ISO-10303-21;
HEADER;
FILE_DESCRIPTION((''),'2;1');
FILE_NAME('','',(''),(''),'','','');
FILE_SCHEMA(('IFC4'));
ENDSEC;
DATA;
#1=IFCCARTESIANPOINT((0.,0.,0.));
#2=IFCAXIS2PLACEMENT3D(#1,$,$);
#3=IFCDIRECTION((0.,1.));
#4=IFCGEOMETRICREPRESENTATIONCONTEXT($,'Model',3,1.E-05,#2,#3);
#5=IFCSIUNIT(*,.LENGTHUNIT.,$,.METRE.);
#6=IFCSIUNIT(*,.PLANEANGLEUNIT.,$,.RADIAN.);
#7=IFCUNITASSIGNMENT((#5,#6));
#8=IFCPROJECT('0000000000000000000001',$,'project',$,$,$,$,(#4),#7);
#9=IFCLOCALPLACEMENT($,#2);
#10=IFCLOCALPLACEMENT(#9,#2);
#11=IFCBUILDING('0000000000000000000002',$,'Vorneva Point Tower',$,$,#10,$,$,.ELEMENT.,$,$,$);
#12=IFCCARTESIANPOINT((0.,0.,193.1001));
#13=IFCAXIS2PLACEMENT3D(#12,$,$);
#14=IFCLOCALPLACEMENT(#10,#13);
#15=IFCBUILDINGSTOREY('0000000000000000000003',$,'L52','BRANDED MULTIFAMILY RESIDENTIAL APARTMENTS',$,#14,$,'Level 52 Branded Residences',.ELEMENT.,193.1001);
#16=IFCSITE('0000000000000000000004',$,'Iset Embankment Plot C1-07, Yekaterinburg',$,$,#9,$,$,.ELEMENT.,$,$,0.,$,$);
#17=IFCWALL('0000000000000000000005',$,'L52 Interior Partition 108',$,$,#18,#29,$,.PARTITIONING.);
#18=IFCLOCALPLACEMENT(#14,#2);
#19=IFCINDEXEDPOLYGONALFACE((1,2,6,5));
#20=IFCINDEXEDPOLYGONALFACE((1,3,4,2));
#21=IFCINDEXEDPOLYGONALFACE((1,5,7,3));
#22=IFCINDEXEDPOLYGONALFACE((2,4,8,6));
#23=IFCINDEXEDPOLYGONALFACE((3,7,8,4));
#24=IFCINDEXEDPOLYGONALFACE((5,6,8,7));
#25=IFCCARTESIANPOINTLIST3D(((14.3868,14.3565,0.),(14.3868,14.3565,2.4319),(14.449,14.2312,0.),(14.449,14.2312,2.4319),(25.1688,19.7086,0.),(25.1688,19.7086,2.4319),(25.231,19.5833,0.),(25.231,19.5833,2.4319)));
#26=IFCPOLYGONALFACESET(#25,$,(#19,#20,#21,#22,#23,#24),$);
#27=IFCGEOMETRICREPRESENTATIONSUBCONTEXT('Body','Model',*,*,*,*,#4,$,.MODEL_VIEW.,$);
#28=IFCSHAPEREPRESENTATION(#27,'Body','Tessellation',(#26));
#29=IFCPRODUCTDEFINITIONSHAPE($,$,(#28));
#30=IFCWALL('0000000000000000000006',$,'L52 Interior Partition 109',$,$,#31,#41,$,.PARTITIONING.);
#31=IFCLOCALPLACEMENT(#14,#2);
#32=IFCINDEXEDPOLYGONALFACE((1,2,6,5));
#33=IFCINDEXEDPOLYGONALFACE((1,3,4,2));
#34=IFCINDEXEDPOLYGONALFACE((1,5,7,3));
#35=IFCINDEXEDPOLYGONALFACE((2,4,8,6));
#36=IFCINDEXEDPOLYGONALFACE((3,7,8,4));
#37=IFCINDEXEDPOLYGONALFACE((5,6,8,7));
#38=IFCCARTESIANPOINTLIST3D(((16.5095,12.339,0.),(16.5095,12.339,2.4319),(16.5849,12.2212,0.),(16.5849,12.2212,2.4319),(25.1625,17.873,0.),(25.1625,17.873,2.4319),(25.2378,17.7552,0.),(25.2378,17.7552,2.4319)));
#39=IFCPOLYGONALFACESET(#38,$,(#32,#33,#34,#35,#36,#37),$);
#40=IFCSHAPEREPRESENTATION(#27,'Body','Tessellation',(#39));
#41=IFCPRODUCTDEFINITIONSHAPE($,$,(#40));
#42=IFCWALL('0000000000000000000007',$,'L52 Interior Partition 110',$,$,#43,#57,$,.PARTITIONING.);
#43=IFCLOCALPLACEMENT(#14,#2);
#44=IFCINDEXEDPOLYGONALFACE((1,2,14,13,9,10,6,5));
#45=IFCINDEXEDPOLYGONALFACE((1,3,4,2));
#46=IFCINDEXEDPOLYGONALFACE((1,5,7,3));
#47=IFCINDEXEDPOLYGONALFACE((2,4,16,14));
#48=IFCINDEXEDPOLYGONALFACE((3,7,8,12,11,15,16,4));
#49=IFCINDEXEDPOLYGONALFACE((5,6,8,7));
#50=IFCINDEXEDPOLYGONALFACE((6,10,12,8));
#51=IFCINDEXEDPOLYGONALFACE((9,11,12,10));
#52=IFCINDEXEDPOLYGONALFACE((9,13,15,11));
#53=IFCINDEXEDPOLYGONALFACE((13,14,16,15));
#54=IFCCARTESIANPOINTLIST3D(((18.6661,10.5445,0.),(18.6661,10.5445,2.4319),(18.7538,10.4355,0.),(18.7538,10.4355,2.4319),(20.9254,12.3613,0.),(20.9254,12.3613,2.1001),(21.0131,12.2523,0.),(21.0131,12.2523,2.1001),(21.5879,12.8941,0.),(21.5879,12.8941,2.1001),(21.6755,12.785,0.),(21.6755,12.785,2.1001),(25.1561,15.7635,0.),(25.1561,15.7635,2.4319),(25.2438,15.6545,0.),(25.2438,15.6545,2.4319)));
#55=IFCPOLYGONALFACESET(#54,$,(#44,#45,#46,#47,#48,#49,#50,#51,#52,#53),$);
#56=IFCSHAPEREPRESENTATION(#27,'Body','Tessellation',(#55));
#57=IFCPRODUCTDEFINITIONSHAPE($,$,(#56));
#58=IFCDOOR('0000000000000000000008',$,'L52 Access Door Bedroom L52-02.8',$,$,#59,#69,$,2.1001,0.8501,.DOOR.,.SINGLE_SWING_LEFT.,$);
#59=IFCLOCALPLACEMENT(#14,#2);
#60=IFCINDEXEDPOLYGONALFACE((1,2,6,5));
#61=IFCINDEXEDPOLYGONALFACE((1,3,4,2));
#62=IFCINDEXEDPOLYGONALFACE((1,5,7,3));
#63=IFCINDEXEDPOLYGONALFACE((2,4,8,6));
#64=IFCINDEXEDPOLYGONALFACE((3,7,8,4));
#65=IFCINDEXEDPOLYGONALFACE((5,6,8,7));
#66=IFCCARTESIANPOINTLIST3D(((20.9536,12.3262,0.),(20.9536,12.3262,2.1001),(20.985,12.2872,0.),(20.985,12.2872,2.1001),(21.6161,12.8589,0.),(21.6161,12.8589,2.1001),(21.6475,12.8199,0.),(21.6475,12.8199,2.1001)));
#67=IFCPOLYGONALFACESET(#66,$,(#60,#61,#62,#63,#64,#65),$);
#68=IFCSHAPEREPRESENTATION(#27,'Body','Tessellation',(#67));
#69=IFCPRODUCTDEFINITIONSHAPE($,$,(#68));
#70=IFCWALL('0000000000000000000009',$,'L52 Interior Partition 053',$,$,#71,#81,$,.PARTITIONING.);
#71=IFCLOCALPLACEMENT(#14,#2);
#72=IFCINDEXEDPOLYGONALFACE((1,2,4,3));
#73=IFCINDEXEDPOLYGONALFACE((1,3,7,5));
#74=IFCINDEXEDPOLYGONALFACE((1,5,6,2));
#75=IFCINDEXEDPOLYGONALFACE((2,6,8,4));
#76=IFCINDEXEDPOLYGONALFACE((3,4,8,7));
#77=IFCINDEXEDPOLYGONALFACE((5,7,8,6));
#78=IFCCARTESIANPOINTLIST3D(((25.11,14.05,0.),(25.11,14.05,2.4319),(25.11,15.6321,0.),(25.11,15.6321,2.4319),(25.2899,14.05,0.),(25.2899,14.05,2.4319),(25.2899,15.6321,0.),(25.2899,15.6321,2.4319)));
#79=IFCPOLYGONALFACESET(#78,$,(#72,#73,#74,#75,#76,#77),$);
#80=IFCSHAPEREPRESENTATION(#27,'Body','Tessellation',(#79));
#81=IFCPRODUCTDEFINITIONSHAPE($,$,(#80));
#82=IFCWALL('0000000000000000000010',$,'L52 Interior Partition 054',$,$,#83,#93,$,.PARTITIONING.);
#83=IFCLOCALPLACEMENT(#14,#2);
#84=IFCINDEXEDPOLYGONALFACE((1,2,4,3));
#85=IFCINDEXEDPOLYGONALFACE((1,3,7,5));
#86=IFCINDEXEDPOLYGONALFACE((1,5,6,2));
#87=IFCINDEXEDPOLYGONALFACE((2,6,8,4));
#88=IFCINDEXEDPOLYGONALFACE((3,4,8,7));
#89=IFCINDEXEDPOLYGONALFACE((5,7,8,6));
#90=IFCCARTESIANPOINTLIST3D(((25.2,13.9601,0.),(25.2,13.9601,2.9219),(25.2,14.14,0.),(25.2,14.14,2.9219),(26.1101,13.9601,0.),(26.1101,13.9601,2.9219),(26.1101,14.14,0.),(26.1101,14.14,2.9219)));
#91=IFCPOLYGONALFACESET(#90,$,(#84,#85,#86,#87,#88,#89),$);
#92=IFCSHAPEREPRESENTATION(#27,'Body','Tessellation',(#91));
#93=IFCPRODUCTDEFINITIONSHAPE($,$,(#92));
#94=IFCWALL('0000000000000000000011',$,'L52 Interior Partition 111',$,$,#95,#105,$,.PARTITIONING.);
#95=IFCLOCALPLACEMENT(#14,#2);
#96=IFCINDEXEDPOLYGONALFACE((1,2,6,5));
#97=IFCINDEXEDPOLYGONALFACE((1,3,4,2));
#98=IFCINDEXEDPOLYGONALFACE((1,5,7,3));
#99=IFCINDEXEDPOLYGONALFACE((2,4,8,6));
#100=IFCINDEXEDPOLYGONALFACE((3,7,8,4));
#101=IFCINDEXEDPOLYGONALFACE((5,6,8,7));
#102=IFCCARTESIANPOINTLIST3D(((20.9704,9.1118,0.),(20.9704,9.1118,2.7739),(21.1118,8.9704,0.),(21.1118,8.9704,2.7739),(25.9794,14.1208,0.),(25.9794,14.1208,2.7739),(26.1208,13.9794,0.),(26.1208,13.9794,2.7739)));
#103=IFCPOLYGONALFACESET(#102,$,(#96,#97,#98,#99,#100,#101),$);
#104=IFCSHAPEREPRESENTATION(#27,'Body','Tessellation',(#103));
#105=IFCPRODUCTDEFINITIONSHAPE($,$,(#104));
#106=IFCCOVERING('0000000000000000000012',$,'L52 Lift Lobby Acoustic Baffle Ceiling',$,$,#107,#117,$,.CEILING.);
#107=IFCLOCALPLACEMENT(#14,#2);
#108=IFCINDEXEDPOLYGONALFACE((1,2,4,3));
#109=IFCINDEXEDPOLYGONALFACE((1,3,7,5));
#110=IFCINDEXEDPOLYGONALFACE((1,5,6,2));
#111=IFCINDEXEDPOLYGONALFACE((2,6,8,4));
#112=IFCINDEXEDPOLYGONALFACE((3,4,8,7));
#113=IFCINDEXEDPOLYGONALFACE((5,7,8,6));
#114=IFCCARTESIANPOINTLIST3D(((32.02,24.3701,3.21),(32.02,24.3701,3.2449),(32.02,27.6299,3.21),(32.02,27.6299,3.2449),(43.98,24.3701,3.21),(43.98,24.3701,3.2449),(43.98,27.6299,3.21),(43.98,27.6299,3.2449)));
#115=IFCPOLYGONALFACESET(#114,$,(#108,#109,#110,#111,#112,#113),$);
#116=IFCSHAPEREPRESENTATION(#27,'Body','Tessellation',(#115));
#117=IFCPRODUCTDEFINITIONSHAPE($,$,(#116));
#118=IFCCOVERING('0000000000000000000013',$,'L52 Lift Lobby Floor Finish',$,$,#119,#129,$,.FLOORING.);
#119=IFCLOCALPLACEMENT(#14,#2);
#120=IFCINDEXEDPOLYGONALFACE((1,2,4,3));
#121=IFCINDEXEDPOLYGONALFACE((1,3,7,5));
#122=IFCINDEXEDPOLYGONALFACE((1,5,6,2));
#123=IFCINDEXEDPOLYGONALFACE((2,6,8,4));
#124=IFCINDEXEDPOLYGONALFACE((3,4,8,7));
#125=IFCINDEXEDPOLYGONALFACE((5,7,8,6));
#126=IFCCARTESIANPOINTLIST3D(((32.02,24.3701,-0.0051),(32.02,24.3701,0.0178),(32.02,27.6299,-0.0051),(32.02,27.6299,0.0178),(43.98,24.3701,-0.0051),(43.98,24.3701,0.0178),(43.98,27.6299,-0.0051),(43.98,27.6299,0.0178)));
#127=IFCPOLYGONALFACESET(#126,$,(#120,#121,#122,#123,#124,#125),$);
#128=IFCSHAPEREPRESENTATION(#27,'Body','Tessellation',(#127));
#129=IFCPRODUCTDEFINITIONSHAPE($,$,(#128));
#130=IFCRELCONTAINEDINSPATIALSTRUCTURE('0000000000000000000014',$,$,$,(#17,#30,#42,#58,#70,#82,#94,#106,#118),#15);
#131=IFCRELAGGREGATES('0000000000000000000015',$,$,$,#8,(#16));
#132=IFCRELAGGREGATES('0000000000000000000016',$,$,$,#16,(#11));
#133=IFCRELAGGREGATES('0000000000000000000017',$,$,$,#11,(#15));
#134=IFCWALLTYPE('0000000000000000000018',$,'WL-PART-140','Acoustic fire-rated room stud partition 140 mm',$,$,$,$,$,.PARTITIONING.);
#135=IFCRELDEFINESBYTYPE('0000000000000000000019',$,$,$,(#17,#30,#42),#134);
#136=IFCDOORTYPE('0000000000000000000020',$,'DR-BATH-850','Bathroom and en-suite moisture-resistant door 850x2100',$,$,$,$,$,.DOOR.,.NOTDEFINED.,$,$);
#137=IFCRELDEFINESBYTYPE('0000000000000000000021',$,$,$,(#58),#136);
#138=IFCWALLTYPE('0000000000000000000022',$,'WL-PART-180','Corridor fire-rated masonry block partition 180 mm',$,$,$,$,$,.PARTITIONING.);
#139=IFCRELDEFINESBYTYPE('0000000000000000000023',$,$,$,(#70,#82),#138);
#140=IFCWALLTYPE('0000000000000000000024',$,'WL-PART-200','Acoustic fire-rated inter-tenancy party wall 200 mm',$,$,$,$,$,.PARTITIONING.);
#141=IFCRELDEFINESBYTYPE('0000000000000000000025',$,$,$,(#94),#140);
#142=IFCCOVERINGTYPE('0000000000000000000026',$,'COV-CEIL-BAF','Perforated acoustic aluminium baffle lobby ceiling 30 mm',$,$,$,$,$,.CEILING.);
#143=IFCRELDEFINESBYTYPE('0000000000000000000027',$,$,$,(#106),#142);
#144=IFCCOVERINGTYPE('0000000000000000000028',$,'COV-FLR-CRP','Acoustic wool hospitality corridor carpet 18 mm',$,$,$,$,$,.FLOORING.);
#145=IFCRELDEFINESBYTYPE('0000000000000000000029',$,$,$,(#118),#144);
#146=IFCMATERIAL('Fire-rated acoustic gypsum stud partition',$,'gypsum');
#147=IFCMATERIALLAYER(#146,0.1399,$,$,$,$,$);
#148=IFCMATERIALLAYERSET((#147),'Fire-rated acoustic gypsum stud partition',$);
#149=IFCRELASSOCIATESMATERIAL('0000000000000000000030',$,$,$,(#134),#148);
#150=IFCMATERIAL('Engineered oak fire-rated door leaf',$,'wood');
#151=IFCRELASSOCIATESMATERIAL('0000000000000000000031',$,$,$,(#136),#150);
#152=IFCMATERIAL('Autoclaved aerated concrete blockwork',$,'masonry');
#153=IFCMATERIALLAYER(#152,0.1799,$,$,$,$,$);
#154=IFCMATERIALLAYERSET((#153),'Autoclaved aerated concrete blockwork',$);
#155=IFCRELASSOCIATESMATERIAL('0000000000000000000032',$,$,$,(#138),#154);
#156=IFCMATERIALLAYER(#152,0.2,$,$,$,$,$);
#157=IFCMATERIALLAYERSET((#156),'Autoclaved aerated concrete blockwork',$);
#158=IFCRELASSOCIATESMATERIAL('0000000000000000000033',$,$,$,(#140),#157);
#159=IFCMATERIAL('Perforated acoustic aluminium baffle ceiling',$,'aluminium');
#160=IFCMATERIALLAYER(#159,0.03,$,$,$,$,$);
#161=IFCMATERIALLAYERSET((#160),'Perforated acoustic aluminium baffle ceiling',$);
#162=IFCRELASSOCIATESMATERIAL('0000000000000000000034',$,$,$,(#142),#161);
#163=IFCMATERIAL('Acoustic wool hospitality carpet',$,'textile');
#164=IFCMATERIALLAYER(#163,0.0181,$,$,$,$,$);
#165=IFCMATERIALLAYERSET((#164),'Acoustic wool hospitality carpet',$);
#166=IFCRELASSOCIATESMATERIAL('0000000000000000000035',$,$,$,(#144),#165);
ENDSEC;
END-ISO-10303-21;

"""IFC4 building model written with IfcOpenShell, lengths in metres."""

from ifc_helpers import new_model, si_unit, direction, frame, frame_2d, origin, place, context, subcontext, project, spatial, polyline, rectangle, outline, extrude, material, layer, layer_set, type_object, element, fill, save


model = new_model("IFC4")

# Units and contexts
model_context = context("Model", 3, precision=1e-05, world=origin(), true_north=direction((0.0, 1.0)))
body_context = subcontext(model_context, "Body", "Model", "MODEL_VIEW")
ifc_project = project(units=[si_unit("LENGTHUNIT", "METRE"), si_unit("PLANEANGLEUNIT", "RADIAN")], contexts=[model_context])

# Site, building, storey
site_placement = place(None, origin())
site = spatial("IfcSite", under=ifc_project, at=site_placement, Name="Iset Embankment Plot C1-07, Yekaterinburg", CompositionType="ELEMENT", RefElevation=0.0)
building_placement = place(site_placement, origin())
building = spatial("IfcBuilding", under=site, at=building_placement, Name="Vorneva Point Tower", CompositionType="ELEMENT")
storey_placement = place(building_placement, frame((0.0, 0.0, 193.1001)))
storey = spatial("IfcBuildingStorey", under=building, at=storey_placement, Name="L52", Description="BRANDED MULTIFAMILY RESIDENTIAL APARTMENTS", LongName="Level 52 Branded Residences", CompositionType="ELEMENT", Elevation=193.1001)

# Walls
ifc_material_1 = material(Name="Fire-rated acoustic gypsum stud partition", Category="gypsum")
ifc_layer_1 = layer(ifc_material_1, 0.1399)
ifc_layer_set_1 = layer_set([ifc_layer_1], Name="Fire-rated acoustic gypsum stud partition")
wall_type_1 = type_object("IfcWallType", Name="WL-PART-140", Description="Acoustic fire-rated room stud partition 140 mm", PredefinedType="PARTITIONING", material=ifc_layer_set_1)
wall_1_placement = place(storey_placement, frame((14.418, 14.2939, 0.0), z_axis=(0.0, 0.0, 1.0), x_axis=(0.895717, 0.444624, 0.0)))
element("IfcWall", 1, at=wall_1_placement, inside=storey, type_object=wall_type_1, Name="L52 Interior Partition 108", PredefinedType="PARTITIONING", context=body_context, shape_type="SweptSolid", body=[
    extrude(rectangle(XDim=12.0374, YDim=0.1399, at=frame_2d((6.0186, 0.0))), origin(), (0.0, 0.0, 1.0), 2.4319),
])
wall_2_placement = place(storey_placement, frame((16.5471, 12.28, 0.0), z_axis=(0.0, 0.0, 1.0), x_axis=(0.842443, 0.538786, 0.0)))
element("IfcWall", 2, at=wall_2_placement, inside=storey, type_object=wall_type_1, Name="L52 Interior Partition 109", PredefinedType="PARTITIONING", context=body_context, shape_type="SweptSolid", body=[
    extrude(rectangle(XDim=10.2712, YDim=0.1399, at=frame_2d((5.1357, 0.0))), origin(), (0.0, 0.0, 1.0), 2.4319),
])

# Wall, opening, door
wall_3_placement = place(storey_placement, frame((18.71, 10.49, 0.0), z_axis=(0.0, 0.0, 1.0), x_axis=(0.779285, 0.62667, 0.0)))
wall_3 = element("IfcWall", 3, at=wall_3_placement, inside=storey, type_object=wall_type_1, Name="L52 Interior Partition 110", PredefinedType="PARTITIONING", context=body_context, shape_type="SweptSolid", body=[
    extrude(rectangle(XDim=8.3281, YDim=0.1399, at=frame_2d((4.1641, 0.0))), origin(), (0.0, 0.0, 1.0), 2.4319),
])
opening_1_placement = place(wall_3_placement, frame((2.8992, 0.0, 0.0)))
opening_1 = element("IfcOpeningElement", 4, at=opening_1_placement, cuts=wall_3, PredefinedType="OPENING", context=body_context, shape_type="SweptSolid", body=[
    extrude(rectangle(XDim=0.8501, YDim=2.1001, at=frame_2d((0.425, 1.05))), frame((0.0, 0.085, 0.0), z_axis=(0.0, -1.0, 0.0), x_axis=(1.0, 0.0, 0.0)), (0.0, 0.0, 1.0), 0.1697),
])
ifc_material_2 = material(Name="Engineered oak fire-rated door leaf", Category="wood")
door_type = type_object("IfcDoorType", Name="DR-BATH-850", Description="Bathroom and en-suite moisture-resistant door 850x2100", OperationType="NOTDEFINED", PredefinedType="DOOR", material=ifc_material_2)
door_placement = place(opening_1_placement, origin())
door = element("IfcDoor", 5, at=door_placement, inside=storey, type_object=door_type, Name="L52 Access Door Bedroom L52-02.8", OperationType="SINGLE_SWING_LEFT", OverallHeight=2.1001, OverallWidth=0.8501, PredefinedType="DOOR", context=body_context, shape_type="SweptSolid", body=[
    extrude(rectangle(XDim=0.8501, YDim=2.1001, at=frame_2d((0.425, 1.05))), frame((0.0, 0.0249, 0.0), z_axis=(0.0, -1.0, 0.0), x_axis=(1.0, 0.0, 0.0)), (0.0, 0.0, 1.0), 0.05),
])
fill(opening_1, door)

# Walls
ifc_material_3 = material(Name="Autoclaved aerated concrete blockwork", Category="masonry")
ifc_layer_2 = layer(ifc_material_3, 0.1799)
ifc_layer_set_2 = layer_set([ifc_layer_2], Name="Autoclaved aerated concrete blockwork")
wall_type_2 = type_object("IfcWallType", Name="WL-PART-180", Description="Corridor fire-rated masonry block partition 180 mm", PredefinedType="PARTITIONING", material=ifc_layer_set_2)
wall_4_placement = place(storey_placement, frame((25.2, 15.6321, 0.0), z_axis=(0.0, 0.0, 1.0), x_axis=(0.0, -1.0, 0.0)))
element("IfcWall", 6, at=wall_4_placement, inside=storey, type_object=wall_type_2, Name="L52 Interior Partition 053", PredefinedType="PARTITIONING", context=body_context, shape_type="SweptSolid", body=[
    extrude(rectangle(XDim=1.582, YDim=0.1799, at=frame_2d((0.791, 0.0))), origin(), (0.0, 0.0, 1.0), 2.4319),
])
wall_5_placement = place(storey_placement, frame((25.2, 14.05, 0.0), z_axis=(0.0, 0.0, 1.0), x_axis=(1.0, 0.0, 0.0)))
element("IfcWall", 7, at=wall_5_placement, inside=storey, type_object=wall_type_2, Name="L52 Interior Partition 054", PredefinedType="PARTITIONING", context=body_context, shape_type="SweptSolid", body=[
    extrude(rectangle(XDim=0.9102, YDim=0.1799, at=frame_2d((0.4551, 0.0))), origin(), (0.0, 0.0, 1.0), 2.9219),
])
ifc_layer_3 = layer(ifc_material_3, 0.2)
ifc_layer_set_3 = layer_set([ifc_layer_3], Name="Autoclaved aerated concrete blockwork")
wall_type_3 = type_object("IfcWallType", Name="WL-PART-200", Description="Acoustic fire-rated inter-tenancy party wall 200 mm", PredefinedType="PARTITIONING", material=ifc_layer_set_3)
wall_6_placement = place(storey_placement, frame((21.041, 9.041, 0.0), z_axis=(0.0, 0.0, 1.0), x_axis=(0.707107, 0.707107, 0.0)))
element("IfcWall", 8, at=wall_6_placement, inside=storey, type_object=wall_type_3, Name="L52 Interior Partition 111", PredefinedType="PARTITIONING", context=body_context, shape_type="SweptSolid", body=[
    extrude(rectangle(XDim=7.0837, YDim=0.2, at=frame_2d((3.542, 0.0))), origin(), (0.0, 0.0, 1.0), 2.7739),
])

# Coverings
ifc_material_4 = material(Name="Perforated acoustic aluminium baffle ceiling", Category="aluminium")
ifc_layer_4 = layer(ifc_material_4, 0.03)
ifc_layer_set_4 = layer_set([ifc_layer_4], Name="Perforated acoustic aluminium baffle ceiling")
covering_type_1 = type_object("IfcCoveringType", Name="COV-CEIL-BAF", Description="Perforated acoustic aluminium baffle lobby ceiling 30 mm", PredefinedType="CEILING", material=ifc_layer_set_4)
covering_1_placement = place(storey_placement, frame((0.0, 0.0, 3.21)))
element("IfcCovering", 9, at=covering_1_placement, inside=storey, type_object=covering_type_1, Name="L52 Lift Lobby Acoustic Baffle Ceiling", PredefinedType="CEILING", context=body_context, shape_type="SweptSolid", body=[
    extrude(outline(polyline([(32.02, 24.3701), (43.98, 24.3701), (43.98, 27.6299), (32.02, 27.6299), (32.02, 24.3701)])), origin(), (0.0, 0.0, 1.0), 0.0349),
])
ifc_material_5 = material(Name="Acoustic wool hospitality carpet", Category="textile")
ifc_layer_5 = layer(ifc_material_5, 0.0181)
ifc_layer_set_5 = layer_set([ifc_layer_5], Name="Acoustic wool hospitality carpet")
covering_type_2 = type_object("IfcCoveringType", Name="COV-FLR-CRP", Description="Acoustic wool hospitality corridor carpet 18 mm", PredefinedType="FLOORING", material=ifc_layer_set_5)
covering_2_placement = place(storey_placement, frame((0.0, 0.0, -0.0051)))
element("IfcCovering", 10, at=covering_2_placement, inside=storey, type_object=covering_type_2, Name="L52 Lift Lobby Floor Finish", PredefinedType="FLOORING", context=body_context, shape_type="SweptSolid", body=[
    extrude(outline(polyline([(32.02, 24.3701), (43.98, 24.3701), (43.98, 27.6299), (32.02, 27.6299), (32.02, 24.3701)])), origin(), (0.0, 0.0, 1.0), 0.0229),
])

save(model, "model.ifc")
